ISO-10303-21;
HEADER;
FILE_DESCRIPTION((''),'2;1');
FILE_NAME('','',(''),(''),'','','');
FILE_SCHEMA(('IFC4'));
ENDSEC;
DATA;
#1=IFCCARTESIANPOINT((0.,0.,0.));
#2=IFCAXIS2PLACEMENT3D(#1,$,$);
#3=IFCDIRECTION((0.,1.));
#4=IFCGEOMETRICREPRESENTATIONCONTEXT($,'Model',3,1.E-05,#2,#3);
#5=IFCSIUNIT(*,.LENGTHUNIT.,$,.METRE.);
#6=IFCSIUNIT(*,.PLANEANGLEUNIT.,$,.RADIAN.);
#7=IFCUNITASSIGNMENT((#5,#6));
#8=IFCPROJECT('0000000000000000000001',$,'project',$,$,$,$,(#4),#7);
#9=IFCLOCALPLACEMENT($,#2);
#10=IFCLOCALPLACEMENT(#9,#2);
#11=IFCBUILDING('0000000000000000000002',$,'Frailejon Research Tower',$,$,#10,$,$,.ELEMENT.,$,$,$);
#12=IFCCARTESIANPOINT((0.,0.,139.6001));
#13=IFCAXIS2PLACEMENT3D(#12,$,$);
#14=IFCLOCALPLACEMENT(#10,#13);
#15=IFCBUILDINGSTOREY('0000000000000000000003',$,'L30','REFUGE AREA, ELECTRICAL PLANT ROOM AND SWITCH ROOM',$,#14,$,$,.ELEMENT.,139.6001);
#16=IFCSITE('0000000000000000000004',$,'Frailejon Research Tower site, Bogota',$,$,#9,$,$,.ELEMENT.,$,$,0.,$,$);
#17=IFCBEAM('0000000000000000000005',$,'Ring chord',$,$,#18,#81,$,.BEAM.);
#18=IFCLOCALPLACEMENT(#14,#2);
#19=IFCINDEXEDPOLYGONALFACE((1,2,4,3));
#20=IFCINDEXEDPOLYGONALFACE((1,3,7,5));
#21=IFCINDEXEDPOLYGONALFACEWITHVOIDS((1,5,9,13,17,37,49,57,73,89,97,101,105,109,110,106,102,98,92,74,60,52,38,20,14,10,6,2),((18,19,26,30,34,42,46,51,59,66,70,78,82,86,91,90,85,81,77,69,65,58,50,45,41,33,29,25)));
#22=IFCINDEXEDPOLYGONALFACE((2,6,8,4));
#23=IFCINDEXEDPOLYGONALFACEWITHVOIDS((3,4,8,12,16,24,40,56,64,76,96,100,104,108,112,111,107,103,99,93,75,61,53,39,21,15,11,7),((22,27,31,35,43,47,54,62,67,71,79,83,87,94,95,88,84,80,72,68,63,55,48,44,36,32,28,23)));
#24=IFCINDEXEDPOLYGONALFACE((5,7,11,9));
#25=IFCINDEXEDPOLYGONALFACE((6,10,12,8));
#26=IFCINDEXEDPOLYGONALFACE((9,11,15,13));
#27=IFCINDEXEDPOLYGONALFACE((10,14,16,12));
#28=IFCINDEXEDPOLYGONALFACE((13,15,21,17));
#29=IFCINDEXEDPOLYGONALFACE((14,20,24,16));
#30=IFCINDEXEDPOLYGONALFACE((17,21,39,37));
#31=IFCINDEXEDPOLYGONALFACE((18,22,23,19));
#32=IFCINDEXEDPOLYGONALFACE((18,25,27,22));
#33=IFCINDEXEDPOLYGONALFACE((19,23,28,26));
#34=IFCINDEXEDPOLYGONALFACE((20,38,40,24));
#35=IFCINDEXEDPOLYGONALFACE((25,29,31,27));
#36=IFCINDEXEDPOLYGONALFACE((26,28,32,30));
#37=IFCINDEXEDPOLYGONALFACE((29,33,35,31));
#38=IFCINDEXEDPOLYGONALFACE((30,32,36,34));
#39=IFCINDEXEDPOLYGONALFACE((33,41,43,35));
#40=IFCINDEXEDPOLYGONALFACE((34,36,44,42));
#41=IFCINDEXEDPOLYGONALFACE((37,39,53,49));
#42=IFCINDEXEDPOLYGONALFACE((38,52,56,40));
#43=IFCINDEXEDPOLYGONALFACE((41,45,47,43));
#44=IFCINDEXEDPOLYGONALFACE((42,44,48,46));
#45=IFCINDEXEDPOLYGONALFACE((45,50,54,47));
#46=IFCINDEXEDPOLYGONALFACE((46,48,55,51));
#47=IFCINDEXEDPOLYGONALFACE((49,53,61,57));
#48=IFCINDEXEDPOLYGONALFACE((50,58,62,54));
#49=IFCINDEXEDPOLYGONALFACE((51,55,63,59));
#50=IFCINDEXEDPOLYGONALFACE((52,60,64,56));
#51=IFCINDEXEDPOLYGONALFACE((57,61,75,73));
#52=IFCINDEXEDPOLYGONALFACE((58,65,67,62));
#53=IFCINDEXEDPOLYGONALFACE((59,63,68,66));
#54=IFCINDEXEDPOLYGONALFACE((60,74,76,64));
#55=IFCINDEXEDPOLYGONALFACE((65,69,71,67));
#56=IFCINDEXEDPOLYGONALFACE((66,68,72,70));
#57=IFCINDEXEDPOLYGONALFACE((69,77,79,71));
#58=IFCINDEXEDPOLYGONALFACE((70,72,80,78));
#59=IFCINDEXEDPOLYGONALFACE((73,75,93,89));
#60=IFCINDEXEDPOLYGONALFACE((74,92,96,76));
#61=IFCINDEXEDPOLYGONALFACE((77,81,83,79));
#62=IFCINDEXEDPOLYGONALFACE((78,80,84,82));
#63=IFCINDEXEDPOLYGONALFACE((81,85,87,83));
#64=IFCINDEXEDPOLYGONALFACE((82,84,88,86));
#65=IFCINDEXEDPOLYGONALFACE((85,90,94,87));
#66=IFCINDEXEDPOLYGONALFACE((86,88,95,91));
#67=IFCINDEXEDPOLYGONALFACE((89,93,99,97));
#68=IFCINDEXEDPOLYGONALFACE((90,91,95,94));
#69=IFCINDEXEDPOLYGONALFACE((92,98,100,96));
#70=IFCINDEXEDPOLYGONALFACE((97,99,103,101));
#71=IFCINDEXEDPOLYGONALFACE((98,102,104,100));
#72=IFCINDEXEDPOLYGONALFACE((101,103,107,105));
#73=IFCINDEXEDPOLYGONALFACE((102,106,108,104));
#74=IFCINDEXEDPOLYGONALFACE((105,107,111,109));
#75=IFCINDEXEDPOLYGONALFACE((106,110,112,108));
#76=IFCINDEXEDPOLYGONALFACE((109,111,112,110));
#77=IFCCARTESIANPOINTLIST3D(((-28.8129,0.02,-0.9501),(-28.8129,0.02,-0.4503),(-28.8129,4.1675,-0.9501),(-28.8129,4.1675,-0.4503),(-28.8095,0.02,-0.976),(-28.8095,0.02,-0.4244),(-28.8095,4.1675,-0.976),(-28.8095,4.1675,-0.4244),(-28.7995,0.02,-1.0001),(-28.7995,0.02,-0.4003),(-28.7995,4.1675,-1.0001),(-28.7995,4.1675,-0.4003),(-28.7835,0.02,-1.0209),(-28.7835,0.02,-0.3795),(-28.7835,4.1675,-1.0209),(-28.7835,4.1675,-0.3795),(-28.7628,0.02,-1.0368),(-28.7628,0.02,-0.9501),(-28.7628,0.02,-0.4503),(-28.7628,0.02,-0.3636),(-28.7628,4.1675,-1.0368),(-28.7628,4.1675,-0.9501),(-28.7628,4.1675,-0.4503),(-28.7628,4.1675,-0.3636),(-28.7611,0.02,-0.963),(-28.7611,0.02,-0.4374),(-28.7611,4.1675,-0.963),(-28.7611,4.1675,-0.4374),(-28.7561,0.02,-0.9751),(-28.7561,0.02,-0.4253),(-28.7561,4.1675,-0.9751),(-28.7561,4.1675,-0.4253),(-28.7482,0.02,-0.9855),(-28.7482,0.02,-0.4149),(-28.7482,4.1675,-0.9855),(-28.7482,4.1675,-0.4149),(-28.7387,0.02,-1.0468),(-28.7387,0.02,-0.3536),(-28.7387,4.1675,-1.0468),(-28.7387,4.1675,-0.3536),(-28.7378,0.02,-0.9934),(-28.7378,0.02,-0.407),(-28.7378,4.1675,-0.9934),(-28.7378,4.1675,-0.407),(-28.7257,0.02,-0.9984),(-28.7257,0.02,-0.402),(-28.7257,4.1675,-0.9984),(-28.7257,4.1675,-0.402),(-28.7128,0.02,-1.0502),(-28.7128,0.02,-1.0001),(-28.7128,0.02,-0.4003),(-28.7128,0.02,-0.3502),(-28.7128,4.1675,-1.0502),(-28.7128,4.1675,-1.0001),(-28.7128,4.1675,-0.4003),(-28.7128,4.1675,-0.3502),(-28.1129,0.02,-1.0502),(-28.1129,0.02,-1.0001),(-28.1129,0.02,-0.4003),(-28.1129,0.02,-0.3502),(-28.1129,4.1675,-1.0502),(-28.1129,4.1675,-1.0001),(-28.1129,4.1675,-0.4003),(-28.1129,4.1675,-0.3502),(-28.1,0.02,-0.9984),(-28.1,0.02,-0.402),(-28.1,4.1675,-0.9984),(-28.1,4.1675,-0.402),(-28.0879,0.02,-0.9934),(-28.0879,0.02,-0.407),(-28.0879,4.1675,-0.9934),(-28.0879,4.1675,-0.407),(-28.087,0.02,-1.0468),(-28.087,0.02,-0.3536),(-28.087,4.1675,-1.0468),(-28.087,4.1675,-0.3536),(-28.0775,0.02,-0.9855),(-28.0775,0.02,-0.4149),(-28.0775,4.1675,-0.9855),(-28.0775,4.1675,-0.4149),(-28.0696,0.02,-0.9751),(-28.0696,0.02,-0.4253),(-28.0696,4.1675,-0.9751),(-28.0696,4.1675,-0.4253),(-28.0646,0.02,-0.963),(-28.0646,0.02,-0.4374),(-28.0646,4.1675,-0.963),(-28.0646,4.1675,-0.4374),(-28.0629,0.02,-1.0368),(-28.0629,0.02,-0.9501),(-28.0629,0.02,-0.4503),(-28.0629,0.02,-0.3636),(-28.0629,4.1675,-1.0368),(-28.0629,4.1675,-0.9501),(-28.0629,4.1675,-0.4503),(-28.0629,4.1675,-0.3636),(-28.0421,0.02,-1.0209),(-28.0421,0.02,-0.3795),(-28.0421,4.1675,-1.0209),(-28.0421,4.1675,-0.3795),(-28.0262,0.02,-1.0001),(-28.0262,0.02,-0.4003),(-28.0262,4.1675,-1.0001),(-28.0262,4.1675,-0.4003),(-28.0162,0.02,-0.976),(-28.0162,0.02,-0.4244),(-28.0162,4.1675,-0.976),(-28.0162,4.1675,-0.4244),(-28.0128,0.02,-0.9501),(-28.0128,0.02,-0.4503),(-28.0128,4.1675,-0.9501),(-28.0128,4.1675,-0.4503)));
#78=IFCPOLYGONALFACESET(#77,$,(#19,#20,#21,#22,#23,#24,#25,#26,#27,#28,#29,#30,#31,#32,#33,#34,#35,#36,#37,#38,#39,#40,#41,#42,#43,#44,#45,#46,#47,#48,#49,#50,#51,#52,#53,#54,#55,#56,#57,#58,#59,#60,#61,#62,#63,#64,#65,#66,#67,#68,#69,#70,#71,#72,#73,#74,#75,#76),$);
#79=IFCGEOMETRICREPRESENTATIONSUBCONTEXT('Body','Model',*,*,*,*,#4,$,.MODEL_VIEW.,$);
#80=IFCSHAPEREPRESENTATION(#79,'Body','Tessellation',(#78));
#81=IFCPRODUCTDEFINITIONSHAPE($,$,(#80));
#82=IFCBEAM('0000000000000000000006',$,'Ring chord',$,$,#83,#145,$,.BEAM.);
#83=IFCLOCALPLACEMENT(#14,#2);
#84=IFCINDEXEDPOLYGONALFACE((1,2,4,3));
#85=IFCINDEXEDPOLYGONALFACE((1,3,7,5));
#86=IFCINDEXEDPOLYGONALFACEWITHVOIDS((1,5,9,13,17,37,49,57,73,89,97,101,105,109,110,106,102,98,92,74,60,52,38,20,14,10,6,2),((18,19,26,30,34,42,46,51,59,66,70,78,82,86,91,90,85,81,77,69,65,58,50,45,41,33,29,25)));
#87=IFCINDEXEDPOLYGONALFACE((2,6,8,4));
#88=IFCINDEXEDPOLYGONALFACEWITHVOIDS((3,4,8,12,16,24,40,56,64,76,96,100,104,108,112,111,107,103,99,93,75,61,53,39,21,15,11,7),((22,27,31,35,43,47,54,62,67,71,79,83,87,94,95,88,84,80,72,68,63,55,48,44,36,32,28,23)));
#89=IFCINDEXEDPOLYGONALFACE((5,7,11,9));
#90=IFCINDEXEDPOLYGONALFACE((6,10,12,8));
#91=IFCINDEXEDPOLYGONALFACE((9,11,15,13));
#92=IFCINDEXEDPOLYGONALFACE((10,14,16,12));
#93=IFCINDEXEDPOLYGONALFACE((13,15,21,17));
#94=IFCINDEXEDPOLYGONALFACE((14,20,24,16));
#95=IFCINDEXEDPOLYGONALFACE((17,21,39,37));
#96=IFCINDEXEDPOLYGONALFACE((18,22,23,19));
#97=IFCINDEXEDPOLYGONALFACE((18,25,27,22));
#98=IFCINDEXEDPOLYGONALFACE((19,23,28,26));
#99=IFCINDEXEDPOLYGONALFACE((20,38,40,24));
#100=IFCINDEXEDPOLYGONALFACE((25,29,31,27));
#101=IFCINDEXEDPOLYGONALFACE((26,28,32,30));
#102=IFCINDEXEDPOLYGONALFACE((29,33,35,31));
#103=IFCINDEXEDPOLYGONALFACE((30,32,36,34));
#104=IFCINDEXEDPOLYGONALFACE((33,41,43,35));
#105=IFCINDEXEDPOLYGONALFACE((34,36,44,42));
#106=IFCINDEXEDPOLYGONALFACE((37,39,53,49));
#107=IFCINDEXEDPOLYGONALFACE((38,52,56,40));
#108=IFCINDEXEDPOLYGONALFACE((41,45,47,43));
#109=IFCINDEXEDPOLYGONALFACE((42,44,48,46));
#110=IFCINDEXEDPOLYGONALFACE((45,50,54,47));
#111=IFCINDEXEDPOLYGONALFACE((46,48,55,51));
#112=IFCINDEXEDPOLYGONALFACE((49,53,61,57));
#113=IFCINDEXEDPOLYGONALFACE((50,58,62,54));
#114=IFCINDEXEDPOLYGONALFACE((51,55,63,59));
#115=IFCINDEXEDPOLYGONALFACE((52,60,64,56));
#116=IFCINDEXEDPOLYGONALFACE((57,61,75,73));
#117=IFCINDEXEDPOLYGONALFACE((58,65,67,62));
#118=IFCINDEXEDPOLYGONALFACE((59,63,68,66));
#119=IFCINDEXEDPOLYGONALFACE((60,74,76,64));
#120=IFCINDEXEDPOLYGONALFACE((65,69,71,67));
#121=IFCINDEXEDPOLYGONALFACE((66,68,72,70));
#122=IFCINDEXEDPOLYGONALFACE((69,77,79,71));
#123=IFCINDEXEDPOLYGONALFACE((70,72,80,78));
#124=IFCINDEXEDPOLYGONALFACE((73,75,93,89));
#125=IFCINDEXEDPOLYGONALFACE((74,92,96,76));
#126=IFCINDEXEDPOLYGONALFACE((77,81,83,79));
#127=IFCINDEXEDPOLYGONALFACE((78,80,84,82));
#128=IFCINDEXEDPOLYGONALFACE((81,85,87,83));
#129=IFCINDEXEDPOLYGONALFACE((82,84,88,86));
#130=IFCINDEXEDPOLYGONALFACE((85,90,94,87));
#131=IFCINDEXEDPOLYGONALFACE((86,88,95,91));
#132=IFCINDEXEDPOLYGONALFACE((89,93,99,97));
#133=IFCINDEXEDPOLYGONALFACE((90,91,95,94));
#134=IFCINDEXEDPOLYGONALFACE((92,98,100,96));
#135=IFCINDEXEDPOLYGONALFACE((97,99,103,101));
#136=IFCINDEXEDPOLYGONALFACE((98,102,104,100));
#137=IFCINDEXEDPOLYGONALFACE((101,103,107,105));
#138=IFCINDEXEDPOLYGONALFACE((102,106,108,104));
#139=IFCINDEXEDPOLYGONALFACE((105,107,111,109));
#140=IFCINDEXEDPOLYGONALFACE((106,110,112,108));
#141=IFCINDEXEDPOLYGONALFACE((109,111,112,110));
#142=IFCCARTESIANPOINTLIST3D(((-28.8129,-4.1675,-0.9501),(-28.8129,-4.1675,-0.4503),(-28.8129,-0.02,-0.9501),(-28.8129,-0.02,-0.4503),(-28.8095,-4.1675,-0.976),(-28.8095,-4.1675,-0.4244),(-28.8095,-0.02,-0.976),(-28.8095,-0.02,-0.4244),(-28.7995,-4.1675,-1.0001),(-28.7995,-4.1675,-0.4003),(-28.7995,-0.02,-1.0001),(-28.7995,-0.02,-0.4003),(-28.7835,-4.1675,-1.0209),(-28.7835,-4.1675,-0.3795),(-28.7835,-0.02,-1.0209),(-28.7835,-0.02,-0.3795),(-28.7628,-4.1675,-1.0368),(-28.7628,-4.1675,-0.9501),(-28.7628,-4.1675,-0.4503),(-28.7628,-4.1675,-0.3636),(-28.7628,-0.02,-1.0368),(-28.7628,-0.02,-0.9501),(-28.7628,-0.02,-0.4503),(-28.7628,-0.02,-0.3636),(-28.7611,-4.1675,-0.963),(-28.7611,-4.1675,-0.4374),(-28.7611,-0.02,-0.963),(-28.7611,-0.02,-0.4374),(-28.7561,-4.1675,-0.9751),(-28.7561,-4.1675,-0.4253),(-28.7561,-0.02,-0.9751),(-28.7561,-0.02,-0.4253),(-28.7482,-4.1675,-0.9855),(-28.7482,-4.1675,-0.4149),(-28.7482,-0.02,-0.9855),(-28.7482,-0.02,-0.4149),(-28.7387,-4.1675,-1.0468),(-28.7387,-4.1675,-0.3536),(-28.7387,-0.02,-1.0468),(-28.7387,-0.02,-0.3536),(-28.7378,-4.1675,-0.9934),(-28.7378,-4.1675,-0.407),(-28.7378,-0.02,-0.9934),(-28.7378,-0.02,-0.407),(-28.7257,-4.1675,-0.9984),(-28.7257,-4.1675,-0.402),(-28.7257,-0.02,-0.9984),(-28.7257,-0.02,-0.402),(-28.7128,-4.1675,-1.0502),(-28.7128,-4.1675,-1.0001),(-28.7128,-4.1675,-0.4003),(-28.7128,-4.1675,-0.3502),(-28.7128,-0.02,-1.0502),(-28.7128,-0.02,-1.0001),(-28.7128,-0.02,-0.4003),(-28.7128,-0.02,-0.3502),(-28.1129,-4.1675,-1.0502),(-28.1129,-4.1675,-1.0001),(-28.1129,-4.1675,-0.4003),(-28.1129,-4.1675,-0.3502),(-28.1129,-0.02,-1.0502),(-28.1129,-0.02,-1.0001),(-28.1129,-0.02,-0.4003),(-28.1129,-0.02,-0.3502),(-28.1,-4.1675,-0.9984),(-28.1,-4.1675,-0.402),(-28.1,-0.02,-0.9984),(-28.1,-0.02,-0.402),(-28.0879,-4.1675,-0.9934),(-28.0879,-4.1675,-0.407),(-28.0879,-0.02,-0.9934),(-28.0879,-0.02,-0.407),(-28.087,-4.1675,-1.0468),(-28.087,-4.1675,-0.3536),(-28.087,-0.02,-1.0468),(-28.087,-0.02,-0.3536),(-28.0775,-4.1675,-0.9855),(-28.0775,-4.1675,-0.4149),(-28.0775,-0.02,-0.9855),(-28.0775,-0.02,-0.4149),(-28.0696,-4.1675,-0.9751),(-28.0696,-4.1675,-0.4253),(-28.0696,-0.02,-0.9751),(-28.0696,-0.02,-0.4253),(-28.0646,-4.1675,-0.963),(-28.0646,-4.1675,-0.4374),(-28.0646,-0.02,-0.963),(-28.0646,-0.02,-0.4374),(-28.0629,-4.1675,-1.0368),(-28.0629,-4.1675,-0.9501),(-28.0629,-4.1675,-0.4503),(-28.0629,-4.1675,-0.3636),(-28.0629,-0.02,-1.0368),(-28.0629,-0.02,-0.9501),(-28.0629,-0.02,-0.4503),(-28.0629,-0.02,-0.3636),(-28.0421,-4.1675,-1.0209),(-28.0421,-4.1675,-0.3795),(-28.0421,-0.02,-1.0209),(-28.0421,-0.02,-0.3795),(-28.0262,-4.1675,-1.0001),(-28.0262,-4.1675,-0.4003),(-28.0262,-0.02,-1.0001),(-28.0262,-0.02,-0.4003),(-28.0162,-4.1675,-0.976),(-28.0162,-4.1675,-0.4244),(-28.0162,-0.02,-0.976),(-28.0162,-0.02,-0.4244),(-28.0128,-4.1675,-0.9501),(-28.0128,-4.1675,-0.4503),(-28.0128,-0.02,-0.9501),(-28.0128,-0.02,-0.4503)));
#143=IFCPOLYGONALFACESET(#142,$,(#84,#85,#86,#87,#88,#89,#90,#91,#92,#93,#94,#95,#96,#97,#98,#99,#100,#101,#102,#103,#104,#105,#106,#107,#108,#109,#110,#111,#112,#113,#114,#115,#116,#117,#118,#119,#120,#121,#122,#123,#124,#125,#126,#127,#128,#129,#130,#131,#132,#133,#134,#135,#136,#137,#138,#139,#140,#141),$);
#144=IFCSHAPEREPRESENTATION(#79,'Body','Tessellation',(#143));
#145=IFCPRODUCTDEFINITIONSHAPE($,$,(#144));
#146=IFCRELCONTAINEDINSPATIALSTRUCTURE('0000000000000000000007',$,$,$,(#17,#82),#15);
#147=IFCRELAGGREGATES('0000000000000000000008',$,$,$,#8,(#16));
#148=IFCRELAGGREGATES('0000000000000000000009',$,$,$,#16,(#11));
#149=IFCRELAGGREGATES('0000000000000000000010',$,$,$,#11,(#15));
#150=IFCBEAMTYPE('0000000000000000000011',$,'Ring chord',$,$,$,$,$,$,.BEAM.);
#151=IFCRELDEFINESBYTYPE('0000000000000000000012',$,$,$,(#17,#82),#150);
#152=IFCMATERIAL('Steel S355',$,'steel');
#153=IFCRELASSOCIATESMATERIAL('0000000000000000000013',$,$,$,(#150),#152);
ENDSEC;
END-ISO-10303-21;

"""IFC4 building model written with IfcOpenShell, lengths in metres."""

from ifc_helpers import new_model, si_unit, direction, frame, origin, origin_2d, place, context, subcontext, project, spatial, hollow_rectangle, extrude, material, material_profile, profile_set, type_object, element, save


model = new_model("IFC4")

# Units and contexts
model_context = context("Model", 3, precision=1e-05, world=origin(), true_north=direction((0.0, 1.0)))
body_context = subcontext(model_context, "Body", "Model", "MODEL_VIEW")
ifc_project = project(units=[si_unit("LENGTHUNIT", "METRE"), si_unit("PLANEANGLEUNIT", "RADIAN")], contexts=[model_context])

# Site, building, storey
site_placement = place(None, origin())
site = spatial("IfcSite", under=ifc_project, at=site_placement, Name="Frailejon Research Tower site, Bogota", CompositionType="ELEMENT", RefElevation=0.0)
building_placement = place(site_placement, origin())
building = spatial("IfcBuilding", under=site, at=building_placement, Name="Frailejon Research Tower", CompositionType="ELEMENT")
storey_placement = place(building_placement, frame((0.0, 0.0, 139.6001)))
storey = spatial("IfcBuildingStorey", under=building, at=storey_placement, Name="L30", Description="REFUGE AREA, ELECTRICAL PLANT ROOM AND SWITCH ROOM", CompositionType="ELEMENT", Elevation=139.6001)

# Beams
ifc_material_1 = material(Name="Steel S355", Category="steel")
ifc_material_profile_1 = material_profile(ifc_material_1, hollow_rectangle(XDim=0.8, YDim=0.7, WallThickness=0.05, InnerFilletRadius=0.05, OuterFilletRadius=0.1001, at=origin_2d()), Name="Ring chord")
ifc_profile_set_1 = profile_set([ifc_material_profile_1], Name="Steel S355")
beam_type_1 = type_object("IfcBeamType", Name="Ring chord", PredefinedType="BEAM", material=ifc_profile_set_1)
for number, where, z_axis, x_axis, name in (
    (1, (-28.4128, 4.1675, -0.7002), (0.0, -1.0, 0.0), (1.0, 0.0, 0.0), "Ring chord"),
    (2, (-28.4128, -0.02, -0.7002), (0.0, -1.0, 0.0), (1.0, 0.0, 0.0), "Ring chord"),
):
    element("IfcBeam", number, at=place(storey_placement, frame(where, z_axis=z_axis, x_axis=x_axis)), inside=storey, type_object=beam_type_1, Name=name, PredefinedType="BEAM", context=body_context, shape_type="SweptSolid", body=[
        extrude(hollow_rectangle(XDim=0.8, YDim=0.7, WallThickness=0.05, InnerFilletRadius=0.05, OuterFilletRadius=0.1001, at=origin_2d()), origin(), (0.0, 0.0, 1.0), 4.1475),
    ])

save(model, "model.ifc")
